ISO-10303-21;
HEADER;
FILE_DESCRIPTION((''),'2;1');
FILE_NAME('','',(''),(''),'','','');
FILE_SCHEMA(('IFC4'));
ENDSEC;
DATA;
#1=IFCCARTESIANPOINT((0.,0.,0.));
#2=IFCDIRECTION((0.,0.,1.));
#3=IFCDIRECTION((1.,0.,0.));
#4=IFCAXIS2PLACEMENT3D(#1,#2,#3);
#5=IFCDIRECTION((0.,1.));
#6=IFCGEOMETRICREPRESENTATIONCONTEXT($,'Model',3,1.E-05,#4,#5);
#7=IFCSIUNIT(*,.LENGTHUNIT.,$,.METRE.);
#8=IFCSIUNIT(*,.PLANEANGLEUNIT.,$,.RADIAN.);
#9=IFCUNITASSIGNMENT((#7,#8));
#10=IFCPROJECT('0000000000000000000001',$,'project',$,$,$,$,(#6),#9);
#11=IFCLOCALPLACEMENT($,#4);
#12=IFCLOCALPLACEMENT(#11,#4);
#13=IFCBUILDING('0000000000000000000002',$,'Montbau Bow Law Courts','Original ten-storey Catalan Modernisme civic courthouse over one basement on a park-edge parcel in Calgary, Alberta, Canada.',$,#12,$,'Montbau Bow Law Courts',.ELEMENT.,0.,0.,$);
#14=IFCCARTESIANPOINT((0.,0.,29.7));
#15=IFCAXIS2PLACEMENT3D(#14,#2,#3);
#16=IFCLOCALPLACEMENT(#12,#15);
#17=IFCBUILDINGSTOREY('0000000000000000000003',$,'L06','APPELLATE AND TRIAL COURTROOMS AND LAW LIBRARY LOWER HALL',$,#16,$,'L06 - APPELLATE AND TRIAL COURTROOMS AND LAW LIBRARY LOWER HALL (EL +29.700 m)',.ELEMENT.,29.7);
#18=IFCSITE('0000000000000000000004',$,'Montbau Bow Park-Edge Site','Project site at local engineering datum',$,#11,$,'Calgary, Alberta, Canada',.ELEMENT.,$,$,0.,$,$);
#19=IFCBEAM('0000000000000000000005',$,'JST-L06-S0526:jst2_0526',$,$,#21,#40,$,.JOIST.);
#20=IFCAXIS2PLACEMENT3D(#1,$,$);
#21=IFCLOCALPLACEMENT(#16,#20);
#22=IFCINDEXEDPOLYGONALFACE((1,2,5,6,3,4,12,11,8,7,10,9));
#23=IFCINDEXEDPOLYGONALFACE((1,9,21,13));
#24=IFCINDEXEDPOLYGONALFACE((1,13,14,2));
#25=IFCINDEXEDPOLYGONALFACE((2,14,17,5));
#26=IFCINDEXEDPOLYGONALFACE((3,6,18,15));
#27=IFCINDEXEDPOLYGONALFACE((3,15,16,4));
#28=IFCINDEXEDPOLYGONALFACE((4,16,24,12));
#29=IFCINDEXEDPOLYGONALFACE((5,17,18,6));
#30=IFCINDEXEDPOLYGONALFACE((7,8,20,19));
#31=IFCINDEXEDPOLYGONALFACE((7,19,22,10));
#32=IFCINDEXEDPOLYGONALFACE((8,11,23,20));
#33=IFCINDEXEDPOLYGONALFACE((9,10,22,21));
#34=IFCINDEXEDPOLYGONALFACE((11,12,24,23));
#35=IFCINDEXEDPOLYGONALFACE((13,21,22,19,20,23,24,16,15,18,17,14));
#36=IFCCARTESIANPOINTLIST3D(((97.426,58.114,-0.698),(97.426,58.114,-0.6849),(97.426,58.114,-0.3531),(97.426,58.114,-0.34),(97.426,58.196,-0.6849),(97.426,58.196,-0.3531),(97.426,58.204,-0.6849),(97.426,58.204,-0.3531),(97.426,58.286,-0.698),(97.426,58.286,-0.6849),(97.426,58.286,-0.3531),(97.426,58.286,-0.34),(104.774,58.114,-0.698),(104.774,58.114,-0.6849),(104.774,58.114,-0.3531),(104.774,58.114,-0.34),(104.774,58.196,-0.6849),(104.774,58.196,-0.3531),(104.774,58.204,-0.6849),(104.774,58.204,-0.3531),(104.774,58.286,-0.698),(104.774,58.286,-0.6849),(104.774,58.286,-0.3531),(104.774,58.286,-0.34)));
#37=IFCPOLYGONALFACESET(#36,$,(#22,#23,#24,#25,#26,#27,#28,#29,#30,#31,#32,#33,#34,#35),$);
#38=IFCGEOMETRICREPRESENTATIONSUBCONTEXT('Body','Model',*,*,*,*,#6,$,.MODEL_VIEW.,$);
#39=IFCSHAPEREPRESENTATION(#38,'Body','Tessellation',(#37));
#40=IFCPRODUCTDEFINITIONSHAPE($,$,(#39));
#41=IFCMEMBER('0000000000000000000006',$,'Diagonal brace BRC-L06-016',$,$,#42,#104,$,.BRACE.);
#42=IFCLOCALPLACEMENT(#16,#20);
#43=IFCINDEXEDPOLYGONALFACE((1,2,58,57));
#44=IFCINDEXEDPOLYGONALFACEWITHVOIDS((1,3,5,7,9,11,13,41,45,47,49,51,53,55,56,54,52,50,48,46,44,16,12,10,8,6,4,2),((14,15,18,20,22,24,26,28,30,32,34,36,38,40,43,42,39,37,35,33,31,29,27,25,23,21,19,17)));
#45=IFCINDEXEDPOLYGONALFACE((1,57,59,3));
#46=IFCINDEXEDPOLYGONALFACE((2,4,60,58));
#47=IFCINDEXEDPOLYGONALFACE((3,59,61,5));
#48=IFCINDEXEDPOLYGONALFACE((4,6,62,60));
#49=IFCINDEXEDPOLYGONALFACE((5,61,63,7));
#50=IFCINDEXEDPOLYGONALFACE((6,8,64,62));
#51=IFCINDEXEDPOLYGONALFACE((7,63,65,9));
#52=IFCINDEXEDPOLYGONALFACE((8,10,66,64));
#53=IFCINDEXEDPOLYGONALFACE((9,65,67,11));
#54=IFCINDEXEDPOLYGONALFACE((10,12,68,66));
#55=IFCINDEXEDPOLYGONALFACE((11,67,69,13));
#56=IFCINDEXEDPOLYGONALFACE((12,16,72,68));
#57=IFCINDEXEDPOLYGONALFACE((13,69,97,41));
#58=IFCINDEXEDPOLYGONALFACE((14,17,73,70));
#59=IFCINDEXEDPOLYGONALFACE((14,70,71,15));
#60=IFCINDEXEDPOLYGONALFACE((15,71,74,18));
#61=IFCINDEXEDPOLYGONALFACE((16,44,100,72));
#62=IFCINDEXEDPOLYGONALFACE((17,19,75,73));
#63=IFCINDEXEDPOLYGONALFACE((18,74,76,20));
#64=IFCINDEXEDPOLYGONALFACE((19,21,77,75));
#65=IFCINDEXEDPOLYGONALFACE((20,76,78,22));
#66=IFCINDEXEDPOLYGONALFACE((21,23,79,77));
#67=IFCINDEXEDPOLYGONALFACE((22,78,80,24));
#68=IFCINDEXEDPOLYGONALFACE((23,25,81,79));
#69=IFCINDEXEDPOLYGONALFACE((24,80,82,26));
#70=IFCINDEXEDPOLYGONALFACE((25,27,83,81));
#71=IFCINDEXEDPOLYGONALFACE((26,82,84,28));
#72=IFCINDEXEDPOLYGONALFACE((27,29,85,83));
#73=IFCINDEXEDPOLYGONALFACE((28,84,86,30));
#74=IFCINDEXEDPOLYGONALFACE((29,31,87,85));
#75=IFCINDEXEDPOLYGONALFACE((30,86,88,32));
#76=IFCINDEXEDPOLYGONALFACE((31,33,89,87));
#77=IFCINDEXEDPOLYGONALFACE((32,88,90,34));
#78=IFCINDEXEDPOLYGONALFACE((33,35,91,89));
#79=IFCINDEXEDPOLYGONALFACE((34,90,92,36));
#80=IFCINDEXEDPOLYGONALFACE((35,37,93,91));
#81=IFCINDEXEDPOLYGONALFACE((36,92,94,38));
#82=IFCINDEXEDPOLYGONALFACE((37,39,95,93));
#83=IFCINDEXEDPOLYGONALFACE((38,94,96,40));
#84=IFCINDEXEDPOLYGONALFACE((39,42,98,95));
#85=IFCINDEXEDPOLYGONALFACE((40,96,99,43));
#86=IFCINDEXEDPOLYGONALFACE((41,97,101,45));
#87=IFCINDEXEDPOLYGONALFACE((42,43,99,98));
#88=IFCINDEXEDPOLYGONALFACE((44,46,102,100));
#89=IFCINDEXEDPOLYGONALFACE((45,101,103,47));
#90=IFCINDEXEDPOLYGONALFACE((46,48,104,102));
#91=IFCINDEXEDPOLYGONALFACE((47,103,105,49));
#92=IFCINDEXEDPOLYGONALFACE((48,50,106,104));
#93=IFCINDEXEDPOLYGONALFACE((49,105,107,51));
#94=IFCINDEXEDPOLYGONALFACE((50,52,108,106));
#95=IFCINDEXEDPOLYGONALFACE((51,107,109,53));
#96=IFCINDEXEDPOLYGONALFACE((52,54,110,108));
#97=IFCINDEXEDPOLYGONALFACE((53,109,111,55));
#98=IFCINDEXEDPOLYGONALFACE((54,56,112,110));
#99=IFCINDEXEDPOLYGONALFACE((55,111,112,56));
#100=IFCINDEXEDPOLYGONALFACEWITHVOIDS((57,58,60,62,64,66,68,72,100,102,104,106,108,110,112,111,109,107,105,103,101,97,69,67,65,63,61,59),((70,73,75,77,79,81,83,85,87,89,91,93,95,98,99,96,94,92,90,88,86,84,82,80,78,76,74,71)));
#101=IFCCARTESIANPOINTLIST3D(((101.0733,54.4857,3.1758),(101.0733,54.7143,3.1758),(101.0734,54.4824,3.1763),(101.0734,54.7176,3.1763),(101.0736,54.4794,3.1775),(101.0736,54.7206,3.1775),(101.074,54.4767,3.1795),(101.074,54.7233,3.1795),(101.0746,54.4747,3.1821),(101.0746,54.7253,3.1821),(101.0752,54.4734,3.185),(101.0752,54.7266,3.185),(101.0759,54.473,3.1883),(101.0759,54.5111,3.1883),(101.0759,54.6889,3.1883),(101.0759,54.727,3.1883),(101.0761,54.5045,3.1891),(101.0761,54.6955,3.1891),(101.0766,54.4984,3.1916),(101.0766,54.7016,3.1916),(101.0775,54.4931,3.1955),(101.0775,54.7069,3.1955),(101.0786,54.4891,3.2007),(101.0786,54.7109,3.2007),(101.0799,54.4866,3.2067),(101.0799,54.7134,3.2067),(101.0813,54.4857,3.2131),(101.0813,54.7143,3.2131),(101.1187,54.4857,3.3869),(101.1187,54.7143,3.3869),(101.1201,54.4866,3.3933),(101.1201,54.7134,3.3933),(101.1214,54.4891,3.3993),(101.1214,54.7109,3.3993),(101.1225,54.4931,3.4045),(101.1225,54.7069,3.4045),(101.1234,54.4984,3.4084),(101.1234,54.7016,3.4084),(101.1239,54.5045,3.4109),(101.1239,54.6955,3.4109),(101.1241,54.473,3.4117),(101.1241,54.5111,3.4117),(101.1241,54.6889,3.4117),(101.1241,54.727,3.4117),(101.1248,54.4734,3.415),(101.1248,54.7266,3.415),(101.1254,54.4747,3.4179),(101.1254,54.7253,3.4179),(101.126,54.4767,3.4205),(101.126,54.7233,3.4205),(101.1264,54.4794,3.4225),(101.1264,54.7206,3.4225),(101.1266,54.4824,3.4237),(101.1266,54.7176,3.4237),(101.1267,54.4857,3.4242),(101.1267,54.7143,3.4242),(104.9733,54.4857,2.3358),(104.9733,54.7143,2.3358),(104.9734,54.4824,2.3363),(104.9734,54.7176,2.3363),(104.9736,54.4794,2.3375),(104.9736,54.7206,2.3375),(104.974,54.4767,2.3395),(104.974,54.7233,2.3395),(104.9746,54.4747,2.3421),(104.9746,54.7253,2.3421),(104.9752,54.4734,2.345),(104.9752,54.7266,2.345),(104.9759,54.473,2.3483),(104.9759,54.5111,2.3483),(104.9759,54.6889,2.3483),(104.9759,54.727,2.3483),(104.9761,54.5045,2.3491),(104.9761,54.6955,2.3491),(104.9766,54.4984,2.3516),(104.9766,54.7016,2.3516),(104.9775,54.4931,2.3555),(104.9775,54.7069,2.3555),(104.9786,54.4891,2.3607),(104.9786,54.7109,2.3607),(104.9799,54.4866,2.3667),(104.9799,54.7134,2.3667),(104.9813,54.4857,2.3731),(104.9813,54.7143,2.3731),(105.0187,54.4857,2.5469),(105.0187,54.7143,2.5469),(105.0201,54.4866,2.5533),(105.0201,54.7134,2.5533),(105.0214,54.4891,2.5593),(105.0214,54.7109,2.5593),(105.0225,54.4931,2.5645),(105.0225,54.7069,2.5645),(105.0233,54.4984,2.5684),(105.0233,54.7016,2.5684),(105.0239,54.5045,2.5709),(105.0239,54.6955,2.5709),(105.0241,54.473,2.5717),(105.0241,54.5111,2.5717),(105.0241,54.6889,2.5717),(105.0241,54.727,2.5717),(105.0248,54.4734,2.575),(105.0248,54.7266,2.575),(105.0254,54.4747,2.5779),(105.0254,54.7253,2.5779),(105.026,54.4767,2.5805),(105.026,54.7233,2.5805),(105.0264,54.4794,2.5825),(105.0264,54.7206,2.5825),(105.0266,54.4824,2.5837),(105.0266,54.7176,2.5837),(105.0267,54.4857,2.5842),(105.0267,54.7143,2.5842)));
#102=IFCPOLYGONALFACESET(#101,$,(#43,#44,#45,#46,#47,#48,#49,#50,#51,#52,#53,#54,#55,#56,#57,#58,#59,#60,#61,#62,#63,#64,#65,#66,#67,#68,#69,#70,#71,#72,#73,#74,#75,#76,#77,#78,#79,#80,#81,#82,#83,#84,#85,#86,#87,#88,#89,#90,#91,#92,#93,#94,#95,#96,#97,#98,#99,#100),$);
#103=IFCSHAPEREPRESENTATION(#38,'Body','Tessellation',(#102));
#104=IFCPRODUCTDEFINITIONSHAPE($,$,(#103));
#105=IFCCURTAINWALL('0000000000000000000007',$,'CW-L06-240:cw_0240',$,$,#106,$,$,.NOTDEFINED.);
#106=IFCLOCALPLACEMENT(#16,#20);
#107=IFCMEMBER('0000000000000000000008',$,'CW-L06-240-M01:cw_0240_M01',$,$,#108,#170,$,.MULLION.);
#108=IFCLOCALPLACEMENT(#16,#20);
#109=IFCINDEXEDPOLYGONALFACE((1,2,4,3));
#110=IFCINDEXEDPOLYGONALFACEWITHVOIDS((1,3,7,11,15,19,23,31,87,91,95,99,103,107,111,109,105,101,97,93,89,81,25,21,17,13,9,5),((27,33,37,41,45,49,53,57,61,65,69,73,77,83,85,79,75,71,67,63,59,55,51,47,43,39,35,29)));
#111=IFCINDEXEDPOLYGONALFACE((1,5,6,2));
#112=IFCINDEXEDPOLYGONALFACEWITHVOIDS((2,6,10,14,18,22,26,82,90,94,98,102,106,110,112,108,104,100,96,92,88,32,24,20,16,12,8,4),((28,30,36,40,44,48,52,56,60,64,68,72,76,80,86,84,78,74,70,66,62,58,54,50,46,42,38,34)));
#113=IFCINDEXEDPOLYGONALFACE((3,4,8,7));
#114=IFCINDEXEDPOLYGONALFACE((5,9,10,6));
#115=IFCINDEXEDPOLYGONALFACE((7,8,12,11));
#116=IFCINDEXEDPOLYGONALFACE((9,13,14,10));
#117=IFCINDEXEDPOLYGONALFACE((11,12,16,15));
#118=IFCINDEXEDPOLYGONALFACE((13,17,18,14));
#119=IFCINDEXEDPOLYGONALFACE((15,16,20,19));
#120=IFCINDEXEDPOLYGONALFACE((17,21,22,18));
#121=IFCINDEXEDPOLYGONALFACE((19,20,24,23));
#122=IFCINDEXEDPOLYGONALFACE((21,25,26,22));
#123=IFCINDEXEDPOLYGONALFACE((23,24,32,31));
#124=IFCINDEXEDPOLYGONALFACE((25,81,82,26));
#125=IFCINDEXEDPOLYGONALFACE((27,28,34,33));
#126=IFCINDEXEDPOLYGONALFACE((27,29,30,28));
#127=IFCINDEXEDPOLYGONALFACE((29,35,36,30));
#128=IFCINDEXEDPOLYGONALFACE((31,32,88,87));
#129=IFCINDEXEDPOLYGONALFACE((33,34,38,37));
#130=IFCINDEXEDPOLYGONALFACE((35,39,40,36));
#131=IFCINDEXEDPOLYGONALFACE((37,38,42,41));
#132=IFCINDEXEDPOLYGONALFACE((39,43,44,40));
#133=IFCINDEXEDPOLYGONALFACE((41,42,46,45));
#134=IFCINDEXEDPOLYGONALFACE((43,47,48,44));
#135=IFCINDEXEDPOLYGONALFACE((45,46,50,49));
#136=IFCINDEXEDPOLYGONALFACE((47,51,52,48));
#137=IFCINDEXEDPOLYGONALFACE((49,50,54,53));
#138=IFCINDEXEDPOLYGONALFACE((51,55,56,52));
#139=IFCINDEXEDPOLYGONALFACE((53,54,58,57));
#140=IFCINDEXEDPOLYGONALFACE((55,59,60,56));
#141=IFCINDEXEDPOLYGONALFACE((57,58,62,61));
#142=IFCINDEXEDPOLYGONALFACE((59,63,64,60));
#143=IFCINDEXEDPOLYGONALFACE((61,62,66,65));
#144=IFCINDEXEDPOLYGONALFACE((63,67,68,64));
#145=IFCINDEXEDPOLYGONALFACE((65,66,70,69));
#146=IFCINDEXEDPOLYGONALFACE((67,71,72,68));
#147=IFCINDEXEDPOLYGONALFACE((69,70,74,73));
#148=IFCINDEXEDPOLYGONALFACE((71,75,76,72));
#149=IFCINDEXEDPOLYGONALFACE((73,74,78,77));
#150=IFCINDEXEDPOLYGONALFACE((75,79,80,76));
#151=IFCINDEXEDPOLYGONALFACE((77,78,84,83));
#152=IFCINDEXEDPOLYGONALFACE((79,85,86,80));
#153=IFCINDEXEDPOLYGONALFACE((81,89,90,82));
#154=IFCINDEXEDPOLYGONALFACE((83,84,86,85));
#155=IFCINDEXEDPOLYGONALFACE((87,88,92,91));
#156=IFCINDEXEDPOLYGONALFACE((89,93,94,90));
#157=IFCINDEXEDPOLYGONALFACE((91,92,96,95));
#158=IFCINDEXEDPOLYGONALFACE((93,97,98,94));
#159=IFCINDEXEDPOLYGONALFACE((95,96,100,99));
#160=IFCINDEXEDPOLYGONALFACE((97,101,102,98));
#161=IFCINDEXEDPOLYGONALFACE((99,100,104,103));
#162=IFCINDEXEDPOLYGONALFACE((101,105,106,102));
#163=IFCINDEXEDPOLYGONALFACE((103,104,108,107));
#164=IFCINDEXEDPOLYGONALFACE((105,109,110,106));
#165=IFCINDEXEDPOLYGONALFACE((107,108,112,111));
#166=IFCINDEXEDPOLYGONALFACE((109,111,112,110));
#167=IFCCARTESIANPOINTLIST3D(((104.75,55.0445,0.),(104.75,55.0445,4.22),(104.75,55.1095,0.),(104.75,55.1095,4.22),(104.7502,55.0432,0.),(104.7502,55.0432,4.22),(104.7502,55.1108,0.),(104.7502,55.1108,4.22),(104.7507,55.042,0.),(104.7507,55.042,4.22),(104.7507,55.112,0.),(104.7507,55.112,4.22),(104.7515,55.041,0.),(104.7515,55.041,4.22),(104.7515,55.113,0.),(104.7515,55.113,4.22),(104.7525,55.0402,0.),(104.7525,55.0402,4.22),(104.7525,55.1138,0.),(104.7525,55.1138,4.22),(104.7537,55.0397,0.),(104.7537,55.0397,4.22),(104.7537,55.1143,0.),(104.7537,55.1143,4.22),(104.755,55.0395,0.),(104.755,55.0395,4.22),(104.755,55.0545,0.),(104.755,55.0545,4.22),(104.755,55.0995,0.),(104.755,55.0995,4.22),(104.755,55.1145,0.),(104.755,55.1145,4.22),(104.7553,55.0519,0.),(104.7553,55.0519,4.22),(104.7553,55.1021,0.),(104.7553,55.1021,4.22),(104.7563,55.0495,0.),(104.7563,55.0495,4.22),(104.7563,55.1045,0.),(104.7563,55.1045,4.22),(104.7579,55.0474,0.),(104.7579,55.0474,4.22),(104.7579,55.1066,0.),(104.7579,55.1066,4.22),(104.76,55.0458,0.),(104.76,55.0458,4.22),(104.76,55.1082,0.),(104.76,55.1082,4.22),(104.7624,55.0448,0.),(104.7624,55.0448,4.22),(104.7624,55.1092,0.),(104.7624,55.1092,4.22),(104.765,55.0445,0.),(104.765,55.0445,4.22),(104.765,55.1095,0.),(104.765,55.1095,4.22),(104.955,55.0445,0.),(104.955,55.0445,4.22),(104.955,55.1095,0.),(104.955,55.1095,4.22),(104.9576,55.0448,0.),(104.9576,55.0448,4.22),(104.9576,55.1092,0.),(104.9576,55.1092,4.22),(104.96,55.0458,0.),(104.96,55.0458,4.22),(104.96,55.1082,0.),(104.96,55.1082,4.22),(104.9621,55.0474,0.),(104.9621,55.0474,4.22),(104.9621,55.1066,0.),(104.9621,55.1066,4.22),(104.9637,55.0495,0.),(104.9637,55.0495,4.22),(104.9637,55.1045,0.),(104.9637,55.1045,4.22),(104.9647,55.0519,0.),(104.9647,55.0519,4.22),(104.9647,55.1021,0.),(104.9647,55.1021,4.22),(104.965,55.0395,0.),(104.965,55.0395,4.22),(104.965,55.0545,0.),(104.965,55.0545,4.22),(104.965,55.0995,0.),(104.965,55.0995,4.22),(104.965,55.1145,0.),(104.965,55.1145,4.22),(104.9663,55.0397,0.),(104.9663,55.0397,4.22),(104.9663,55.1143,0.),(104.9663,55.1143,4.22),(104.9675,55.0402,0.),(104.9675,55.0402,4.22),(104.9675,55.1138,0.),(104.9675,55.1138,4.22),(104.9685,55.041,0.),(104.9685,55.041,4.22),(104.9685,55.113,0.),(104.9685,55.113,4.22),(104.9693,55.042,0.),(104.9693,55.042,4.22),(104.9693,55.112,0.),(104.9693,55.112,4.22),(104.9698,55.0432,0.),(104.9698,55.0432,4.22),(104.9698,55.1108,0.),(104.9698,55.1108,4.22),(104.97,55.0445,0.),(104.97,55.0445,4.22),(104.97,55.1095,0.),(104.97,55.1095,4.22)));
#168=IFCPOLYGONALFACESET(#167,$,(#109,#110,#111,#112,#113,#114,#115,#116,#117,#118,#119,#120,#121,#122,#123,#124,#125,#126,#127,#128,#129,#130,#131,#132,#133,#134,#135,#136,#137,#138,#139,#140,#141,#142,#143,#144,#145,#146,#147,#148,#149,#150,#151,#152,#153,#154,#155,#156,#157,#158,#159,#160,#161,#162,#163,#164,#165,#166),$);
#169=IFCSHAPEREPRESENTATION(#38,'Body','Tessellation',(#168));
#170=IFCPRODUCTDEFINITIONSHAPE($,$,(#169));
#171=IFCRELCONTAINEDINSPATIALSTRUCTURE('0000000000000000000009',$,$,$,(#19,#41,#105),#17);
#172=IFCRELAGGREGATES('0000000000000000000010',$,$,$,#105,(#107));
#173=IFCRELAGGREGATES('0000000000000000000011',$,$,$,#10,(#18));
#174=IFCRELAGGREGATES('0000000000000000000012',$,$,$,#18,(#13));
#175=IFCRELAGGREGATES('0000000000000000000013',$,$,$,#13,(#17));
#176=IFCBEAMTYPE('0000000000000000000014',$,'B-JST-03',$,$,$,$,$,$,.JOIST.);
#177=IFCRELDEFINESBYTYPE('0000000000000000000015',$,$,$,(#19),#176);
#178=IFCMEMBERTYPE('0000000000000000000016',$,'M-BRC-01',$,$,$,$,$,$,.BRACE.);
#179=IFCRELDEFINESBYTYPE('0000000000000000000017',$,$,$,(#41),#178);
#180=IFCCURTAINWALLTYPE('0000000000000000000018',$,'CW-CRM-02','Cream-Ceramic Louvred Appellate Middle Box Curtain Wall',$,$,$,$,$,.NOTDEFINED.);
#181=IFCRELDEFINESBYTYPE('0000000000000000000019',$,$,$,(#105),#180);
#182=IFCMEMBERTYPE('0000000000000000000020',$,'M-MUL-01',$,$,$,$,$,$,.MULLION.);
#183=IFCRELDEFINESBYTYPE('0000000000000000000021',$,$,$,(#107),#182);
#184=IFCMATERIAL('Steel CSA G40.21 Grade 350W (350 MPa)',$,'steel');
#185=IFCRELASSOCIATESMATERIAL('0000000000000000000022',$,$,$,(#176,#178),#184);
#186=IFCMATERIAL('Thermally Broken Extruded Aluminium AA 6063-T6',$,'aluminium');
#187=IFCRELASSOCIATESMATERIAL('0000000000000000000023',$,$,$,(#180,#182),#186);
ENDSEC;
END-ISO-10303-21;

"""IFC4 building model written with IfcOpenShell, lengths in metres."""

from ifc_helpers import new_model, si_unit, direction, frame, origin_with_axes, origin_2d_with_axis, place, context, subcontext, project, spatial, hollow_rectangle, i_section, extrude, material, material_profile, profile_set, type_object, element, aggregate, save


model = new_model("IFC4")

# Units and contexts
model_context = context("Model", 3, precision=1e-05, world=origin_with_axes(), true_north=direction((0.0, 1.0)))
body_context = subcontext(model_context, "Body", "Model", "MODEL_VIEW")
ifc_project = project(units=[si_unit("LENGTHUNIT", "METRE"), si_unit("PLANEANGLEUNIT", "RADIAN")], contexts=[model_context])

# Site, building, storey
site_placement = place(None, origin_with_axes())
site = spatial("IfcSite", under=ifc_project, at=site_placement, Name="Montbau Bow Park-Edge Site", Description="Project site at local engineering datum", LongName="Calgary, Alberta, Canada", CompositionType="ELEMENT", RefElevation=0.0)
building_placement = place(site_placement, origin_with_axes())
building = spatial("IfcBuilding", under=site, at=building_placement, Name="Montbau Bow Law Courts", Description="Original ten-storey Catalan Modernisme civic courthouse over one basement on a park-edge parcel in Calgary, Alberta, Canada.", LongName="Montbau Bow Law Courts", CompositionType="ELEMENT", ElevationOfRefHeight=0.0, ElevationOfTerrain=0.0)
storey_placement = place(building_placement, frame((0.0, 0.0, 29.7), z_axis=(0.0, 0.0, 1.0), x_axis=(1.0, 0.0, 0.0)))
storey = spatial("IfcBuildingStorey", under=building, at=storey_placement, Name="L06", Description="APPELLATE AND TRIAL COURTROOMS AND LAW LIBRARY LOWER HALL", LongName="L06 - APPELLATE AND TRIAL COURTROOMS AND LAW LIBRARY LOWER HALL (EL +29.700 m)", CompositionType="ELEMENT", Elevation=29.7)

# Beam
ifc_material_1 = material(Name="Steel CSA G40.21 Grade 350W (350 MPa)", Category="steel")
ifc_material_profile_1 = material_profile(ifc_material_1, i_section(OverallWidth=0.172, OverallDepth=0.358, WebThickness=0.0079, FlangeThickness=0.0131, at=origin_2d_with_axis()), Name="W360X57", Category="Main", Priority=0)
ifc_profile_set_1 = profile_set([ifc_material_profile_1], Name="Steel CSA G40.21 Grade 350W (350 MPa)")
beam_type = type_object("IfcBeamType", Name="B-JST-03", PredefinedType="JOIST", material=ifc_profile_set_1)
beam_placement = place(None, frame((97.426, 58.2, 29.181), z_axis=(1.0, 0.0, 0.0), x_axis=(0.0, 1.0, 0.0)))
element("IfcBeam", 1, at=beam_placement, inside=storey, type_object=beam_type, Name="JST-L06-S0526:jst2_0526", PredefinedType="JOIST", context=body_context, shape_type="SweptSolid", body=[
    extrude(i_section(OverallWidth=0.172, OverallDepth=0.358, WebThickness=0.0079, FlangeThickness=0.0131, at=origin_2d_with_axis()), origin_with_axes(), (0.0, 0.0, 1.0), 7.348),
])

# Member
ifc_material_profile_2 = material_profile(ifc_material_1, hollow_rectangle(XDim=0.254, YDim=0.254, WallThickness=0.0127, InnerFilletRadius=0.0254, OuterFilletRadius=0.0127, at=origin_2d_with_axis()), Name="HSS254X254X13", Category="Main", Priority=0)
ifc_profile_set_2 = profile_set([ifc_material_profile_2], Name="Steel CSA G40.21 Grade 350W (350 MPa)")
member_type_1 = type_object("IfcMemberType", Name="M-BRC-01", PredefinedType="BRACE", material=ifc_profile_set_2)
member_1_placement = place(None, frame((101.1, 54.6, 33.0), z_axis=(0.977582, 0.0, -0.210556), x_axis=(0.0, 1.0, 0.0)))
element("IfcMember", 2, at=member_1_placement, inside=storey, type_object=member_type_1, Name="Diagonal brace BRC-L06-016", PredefinedType="BRACE", context=body_context, shape_type="SweptSolid", body=[
    extrude(hollow_rectangle(XDim=0.254, YDim=0.254, WallThickness=0.0127, InnerFilletRadius=0.0254, OuterFilletRadius=0.0127, at=origin_2d_with_axis()), origin_with_axes(), (0.0, 0.0, 1.0), 3.9894),
])

# Curtain wall, member
ifc_material_2 = material(Name="Thermally Broken Extruded Aluminium AA 6063-T6", Category="aluminium")
curtain_wall_type = type_object("IfcCurtainWallType", Name="CW-CRM-02", Description="Cream-Ceramic Louvred Appellate Middle Box Curtain Wall", PredefinedType="NOTDEFINED", material=ifc_material_2)
curtain_wall_1_placement = place(None, frame((104.86, 55.04, 29.7), z_axis=(0.0, 0.0, 1.0), x_axis=(1.0, 0.0, 0.0)))
curtain_wall_1 = element("IfcCurtainWall", 3, at=curtain_wall_1_placement, inside=storey, type_object=curtain_wall_type, Name="CW-L06-240:cw_0240", PredefinedType="NOTDEFINED")
ifc_material_profile_3 = material_profile(ifc_material_2, hollow_rectangle(XDim=0.075, YDim=0.22, WallThickness=0.005, InnerFilletRadius=0.01, OuterFilletRadius=0.005, at=origin_2d_with_axis()), Name="CWM-220X75", Category="Main", Priority=0)
ifc_profile_set_3 = profile_set([ifc_material_profile_3], Name="Thermally Broken Extruded Aluminium AA 6063-T6")
member_type_2 = type_object("IfcMemberType", Name="M-MUL-01", PredefinedType="MULLION", material=ifc_profile_set_3)
member_2_placement = place(None, frame((104.86, 55.077, 29.7), z_axis=(0.0, 0.0, 1.0), x_axis=(0.0, 1.0, 0.0)))
member_2 = element("IfcMember", 4, at=member_2_placement, type_object=member_type_2, Name="CW-L06-240-M01:cw_0240_M01", PredefinedType="MULLION", context=body_context, shape_type="SweptSolid", body=[
    extrude(hollow_rectangle(XDim=0.075, YDim=0.22, WallThickness=0.005, InnerFilletRadius=0.01, OuterFilletRadius=0.005, at=origin_2d_with_axis()), origin_with_axes(), (0.0, 0.0, 1.0), 4.22),
])

aggregate(curtain_wall_1, [member_2])

save(model, "model.ifc")
